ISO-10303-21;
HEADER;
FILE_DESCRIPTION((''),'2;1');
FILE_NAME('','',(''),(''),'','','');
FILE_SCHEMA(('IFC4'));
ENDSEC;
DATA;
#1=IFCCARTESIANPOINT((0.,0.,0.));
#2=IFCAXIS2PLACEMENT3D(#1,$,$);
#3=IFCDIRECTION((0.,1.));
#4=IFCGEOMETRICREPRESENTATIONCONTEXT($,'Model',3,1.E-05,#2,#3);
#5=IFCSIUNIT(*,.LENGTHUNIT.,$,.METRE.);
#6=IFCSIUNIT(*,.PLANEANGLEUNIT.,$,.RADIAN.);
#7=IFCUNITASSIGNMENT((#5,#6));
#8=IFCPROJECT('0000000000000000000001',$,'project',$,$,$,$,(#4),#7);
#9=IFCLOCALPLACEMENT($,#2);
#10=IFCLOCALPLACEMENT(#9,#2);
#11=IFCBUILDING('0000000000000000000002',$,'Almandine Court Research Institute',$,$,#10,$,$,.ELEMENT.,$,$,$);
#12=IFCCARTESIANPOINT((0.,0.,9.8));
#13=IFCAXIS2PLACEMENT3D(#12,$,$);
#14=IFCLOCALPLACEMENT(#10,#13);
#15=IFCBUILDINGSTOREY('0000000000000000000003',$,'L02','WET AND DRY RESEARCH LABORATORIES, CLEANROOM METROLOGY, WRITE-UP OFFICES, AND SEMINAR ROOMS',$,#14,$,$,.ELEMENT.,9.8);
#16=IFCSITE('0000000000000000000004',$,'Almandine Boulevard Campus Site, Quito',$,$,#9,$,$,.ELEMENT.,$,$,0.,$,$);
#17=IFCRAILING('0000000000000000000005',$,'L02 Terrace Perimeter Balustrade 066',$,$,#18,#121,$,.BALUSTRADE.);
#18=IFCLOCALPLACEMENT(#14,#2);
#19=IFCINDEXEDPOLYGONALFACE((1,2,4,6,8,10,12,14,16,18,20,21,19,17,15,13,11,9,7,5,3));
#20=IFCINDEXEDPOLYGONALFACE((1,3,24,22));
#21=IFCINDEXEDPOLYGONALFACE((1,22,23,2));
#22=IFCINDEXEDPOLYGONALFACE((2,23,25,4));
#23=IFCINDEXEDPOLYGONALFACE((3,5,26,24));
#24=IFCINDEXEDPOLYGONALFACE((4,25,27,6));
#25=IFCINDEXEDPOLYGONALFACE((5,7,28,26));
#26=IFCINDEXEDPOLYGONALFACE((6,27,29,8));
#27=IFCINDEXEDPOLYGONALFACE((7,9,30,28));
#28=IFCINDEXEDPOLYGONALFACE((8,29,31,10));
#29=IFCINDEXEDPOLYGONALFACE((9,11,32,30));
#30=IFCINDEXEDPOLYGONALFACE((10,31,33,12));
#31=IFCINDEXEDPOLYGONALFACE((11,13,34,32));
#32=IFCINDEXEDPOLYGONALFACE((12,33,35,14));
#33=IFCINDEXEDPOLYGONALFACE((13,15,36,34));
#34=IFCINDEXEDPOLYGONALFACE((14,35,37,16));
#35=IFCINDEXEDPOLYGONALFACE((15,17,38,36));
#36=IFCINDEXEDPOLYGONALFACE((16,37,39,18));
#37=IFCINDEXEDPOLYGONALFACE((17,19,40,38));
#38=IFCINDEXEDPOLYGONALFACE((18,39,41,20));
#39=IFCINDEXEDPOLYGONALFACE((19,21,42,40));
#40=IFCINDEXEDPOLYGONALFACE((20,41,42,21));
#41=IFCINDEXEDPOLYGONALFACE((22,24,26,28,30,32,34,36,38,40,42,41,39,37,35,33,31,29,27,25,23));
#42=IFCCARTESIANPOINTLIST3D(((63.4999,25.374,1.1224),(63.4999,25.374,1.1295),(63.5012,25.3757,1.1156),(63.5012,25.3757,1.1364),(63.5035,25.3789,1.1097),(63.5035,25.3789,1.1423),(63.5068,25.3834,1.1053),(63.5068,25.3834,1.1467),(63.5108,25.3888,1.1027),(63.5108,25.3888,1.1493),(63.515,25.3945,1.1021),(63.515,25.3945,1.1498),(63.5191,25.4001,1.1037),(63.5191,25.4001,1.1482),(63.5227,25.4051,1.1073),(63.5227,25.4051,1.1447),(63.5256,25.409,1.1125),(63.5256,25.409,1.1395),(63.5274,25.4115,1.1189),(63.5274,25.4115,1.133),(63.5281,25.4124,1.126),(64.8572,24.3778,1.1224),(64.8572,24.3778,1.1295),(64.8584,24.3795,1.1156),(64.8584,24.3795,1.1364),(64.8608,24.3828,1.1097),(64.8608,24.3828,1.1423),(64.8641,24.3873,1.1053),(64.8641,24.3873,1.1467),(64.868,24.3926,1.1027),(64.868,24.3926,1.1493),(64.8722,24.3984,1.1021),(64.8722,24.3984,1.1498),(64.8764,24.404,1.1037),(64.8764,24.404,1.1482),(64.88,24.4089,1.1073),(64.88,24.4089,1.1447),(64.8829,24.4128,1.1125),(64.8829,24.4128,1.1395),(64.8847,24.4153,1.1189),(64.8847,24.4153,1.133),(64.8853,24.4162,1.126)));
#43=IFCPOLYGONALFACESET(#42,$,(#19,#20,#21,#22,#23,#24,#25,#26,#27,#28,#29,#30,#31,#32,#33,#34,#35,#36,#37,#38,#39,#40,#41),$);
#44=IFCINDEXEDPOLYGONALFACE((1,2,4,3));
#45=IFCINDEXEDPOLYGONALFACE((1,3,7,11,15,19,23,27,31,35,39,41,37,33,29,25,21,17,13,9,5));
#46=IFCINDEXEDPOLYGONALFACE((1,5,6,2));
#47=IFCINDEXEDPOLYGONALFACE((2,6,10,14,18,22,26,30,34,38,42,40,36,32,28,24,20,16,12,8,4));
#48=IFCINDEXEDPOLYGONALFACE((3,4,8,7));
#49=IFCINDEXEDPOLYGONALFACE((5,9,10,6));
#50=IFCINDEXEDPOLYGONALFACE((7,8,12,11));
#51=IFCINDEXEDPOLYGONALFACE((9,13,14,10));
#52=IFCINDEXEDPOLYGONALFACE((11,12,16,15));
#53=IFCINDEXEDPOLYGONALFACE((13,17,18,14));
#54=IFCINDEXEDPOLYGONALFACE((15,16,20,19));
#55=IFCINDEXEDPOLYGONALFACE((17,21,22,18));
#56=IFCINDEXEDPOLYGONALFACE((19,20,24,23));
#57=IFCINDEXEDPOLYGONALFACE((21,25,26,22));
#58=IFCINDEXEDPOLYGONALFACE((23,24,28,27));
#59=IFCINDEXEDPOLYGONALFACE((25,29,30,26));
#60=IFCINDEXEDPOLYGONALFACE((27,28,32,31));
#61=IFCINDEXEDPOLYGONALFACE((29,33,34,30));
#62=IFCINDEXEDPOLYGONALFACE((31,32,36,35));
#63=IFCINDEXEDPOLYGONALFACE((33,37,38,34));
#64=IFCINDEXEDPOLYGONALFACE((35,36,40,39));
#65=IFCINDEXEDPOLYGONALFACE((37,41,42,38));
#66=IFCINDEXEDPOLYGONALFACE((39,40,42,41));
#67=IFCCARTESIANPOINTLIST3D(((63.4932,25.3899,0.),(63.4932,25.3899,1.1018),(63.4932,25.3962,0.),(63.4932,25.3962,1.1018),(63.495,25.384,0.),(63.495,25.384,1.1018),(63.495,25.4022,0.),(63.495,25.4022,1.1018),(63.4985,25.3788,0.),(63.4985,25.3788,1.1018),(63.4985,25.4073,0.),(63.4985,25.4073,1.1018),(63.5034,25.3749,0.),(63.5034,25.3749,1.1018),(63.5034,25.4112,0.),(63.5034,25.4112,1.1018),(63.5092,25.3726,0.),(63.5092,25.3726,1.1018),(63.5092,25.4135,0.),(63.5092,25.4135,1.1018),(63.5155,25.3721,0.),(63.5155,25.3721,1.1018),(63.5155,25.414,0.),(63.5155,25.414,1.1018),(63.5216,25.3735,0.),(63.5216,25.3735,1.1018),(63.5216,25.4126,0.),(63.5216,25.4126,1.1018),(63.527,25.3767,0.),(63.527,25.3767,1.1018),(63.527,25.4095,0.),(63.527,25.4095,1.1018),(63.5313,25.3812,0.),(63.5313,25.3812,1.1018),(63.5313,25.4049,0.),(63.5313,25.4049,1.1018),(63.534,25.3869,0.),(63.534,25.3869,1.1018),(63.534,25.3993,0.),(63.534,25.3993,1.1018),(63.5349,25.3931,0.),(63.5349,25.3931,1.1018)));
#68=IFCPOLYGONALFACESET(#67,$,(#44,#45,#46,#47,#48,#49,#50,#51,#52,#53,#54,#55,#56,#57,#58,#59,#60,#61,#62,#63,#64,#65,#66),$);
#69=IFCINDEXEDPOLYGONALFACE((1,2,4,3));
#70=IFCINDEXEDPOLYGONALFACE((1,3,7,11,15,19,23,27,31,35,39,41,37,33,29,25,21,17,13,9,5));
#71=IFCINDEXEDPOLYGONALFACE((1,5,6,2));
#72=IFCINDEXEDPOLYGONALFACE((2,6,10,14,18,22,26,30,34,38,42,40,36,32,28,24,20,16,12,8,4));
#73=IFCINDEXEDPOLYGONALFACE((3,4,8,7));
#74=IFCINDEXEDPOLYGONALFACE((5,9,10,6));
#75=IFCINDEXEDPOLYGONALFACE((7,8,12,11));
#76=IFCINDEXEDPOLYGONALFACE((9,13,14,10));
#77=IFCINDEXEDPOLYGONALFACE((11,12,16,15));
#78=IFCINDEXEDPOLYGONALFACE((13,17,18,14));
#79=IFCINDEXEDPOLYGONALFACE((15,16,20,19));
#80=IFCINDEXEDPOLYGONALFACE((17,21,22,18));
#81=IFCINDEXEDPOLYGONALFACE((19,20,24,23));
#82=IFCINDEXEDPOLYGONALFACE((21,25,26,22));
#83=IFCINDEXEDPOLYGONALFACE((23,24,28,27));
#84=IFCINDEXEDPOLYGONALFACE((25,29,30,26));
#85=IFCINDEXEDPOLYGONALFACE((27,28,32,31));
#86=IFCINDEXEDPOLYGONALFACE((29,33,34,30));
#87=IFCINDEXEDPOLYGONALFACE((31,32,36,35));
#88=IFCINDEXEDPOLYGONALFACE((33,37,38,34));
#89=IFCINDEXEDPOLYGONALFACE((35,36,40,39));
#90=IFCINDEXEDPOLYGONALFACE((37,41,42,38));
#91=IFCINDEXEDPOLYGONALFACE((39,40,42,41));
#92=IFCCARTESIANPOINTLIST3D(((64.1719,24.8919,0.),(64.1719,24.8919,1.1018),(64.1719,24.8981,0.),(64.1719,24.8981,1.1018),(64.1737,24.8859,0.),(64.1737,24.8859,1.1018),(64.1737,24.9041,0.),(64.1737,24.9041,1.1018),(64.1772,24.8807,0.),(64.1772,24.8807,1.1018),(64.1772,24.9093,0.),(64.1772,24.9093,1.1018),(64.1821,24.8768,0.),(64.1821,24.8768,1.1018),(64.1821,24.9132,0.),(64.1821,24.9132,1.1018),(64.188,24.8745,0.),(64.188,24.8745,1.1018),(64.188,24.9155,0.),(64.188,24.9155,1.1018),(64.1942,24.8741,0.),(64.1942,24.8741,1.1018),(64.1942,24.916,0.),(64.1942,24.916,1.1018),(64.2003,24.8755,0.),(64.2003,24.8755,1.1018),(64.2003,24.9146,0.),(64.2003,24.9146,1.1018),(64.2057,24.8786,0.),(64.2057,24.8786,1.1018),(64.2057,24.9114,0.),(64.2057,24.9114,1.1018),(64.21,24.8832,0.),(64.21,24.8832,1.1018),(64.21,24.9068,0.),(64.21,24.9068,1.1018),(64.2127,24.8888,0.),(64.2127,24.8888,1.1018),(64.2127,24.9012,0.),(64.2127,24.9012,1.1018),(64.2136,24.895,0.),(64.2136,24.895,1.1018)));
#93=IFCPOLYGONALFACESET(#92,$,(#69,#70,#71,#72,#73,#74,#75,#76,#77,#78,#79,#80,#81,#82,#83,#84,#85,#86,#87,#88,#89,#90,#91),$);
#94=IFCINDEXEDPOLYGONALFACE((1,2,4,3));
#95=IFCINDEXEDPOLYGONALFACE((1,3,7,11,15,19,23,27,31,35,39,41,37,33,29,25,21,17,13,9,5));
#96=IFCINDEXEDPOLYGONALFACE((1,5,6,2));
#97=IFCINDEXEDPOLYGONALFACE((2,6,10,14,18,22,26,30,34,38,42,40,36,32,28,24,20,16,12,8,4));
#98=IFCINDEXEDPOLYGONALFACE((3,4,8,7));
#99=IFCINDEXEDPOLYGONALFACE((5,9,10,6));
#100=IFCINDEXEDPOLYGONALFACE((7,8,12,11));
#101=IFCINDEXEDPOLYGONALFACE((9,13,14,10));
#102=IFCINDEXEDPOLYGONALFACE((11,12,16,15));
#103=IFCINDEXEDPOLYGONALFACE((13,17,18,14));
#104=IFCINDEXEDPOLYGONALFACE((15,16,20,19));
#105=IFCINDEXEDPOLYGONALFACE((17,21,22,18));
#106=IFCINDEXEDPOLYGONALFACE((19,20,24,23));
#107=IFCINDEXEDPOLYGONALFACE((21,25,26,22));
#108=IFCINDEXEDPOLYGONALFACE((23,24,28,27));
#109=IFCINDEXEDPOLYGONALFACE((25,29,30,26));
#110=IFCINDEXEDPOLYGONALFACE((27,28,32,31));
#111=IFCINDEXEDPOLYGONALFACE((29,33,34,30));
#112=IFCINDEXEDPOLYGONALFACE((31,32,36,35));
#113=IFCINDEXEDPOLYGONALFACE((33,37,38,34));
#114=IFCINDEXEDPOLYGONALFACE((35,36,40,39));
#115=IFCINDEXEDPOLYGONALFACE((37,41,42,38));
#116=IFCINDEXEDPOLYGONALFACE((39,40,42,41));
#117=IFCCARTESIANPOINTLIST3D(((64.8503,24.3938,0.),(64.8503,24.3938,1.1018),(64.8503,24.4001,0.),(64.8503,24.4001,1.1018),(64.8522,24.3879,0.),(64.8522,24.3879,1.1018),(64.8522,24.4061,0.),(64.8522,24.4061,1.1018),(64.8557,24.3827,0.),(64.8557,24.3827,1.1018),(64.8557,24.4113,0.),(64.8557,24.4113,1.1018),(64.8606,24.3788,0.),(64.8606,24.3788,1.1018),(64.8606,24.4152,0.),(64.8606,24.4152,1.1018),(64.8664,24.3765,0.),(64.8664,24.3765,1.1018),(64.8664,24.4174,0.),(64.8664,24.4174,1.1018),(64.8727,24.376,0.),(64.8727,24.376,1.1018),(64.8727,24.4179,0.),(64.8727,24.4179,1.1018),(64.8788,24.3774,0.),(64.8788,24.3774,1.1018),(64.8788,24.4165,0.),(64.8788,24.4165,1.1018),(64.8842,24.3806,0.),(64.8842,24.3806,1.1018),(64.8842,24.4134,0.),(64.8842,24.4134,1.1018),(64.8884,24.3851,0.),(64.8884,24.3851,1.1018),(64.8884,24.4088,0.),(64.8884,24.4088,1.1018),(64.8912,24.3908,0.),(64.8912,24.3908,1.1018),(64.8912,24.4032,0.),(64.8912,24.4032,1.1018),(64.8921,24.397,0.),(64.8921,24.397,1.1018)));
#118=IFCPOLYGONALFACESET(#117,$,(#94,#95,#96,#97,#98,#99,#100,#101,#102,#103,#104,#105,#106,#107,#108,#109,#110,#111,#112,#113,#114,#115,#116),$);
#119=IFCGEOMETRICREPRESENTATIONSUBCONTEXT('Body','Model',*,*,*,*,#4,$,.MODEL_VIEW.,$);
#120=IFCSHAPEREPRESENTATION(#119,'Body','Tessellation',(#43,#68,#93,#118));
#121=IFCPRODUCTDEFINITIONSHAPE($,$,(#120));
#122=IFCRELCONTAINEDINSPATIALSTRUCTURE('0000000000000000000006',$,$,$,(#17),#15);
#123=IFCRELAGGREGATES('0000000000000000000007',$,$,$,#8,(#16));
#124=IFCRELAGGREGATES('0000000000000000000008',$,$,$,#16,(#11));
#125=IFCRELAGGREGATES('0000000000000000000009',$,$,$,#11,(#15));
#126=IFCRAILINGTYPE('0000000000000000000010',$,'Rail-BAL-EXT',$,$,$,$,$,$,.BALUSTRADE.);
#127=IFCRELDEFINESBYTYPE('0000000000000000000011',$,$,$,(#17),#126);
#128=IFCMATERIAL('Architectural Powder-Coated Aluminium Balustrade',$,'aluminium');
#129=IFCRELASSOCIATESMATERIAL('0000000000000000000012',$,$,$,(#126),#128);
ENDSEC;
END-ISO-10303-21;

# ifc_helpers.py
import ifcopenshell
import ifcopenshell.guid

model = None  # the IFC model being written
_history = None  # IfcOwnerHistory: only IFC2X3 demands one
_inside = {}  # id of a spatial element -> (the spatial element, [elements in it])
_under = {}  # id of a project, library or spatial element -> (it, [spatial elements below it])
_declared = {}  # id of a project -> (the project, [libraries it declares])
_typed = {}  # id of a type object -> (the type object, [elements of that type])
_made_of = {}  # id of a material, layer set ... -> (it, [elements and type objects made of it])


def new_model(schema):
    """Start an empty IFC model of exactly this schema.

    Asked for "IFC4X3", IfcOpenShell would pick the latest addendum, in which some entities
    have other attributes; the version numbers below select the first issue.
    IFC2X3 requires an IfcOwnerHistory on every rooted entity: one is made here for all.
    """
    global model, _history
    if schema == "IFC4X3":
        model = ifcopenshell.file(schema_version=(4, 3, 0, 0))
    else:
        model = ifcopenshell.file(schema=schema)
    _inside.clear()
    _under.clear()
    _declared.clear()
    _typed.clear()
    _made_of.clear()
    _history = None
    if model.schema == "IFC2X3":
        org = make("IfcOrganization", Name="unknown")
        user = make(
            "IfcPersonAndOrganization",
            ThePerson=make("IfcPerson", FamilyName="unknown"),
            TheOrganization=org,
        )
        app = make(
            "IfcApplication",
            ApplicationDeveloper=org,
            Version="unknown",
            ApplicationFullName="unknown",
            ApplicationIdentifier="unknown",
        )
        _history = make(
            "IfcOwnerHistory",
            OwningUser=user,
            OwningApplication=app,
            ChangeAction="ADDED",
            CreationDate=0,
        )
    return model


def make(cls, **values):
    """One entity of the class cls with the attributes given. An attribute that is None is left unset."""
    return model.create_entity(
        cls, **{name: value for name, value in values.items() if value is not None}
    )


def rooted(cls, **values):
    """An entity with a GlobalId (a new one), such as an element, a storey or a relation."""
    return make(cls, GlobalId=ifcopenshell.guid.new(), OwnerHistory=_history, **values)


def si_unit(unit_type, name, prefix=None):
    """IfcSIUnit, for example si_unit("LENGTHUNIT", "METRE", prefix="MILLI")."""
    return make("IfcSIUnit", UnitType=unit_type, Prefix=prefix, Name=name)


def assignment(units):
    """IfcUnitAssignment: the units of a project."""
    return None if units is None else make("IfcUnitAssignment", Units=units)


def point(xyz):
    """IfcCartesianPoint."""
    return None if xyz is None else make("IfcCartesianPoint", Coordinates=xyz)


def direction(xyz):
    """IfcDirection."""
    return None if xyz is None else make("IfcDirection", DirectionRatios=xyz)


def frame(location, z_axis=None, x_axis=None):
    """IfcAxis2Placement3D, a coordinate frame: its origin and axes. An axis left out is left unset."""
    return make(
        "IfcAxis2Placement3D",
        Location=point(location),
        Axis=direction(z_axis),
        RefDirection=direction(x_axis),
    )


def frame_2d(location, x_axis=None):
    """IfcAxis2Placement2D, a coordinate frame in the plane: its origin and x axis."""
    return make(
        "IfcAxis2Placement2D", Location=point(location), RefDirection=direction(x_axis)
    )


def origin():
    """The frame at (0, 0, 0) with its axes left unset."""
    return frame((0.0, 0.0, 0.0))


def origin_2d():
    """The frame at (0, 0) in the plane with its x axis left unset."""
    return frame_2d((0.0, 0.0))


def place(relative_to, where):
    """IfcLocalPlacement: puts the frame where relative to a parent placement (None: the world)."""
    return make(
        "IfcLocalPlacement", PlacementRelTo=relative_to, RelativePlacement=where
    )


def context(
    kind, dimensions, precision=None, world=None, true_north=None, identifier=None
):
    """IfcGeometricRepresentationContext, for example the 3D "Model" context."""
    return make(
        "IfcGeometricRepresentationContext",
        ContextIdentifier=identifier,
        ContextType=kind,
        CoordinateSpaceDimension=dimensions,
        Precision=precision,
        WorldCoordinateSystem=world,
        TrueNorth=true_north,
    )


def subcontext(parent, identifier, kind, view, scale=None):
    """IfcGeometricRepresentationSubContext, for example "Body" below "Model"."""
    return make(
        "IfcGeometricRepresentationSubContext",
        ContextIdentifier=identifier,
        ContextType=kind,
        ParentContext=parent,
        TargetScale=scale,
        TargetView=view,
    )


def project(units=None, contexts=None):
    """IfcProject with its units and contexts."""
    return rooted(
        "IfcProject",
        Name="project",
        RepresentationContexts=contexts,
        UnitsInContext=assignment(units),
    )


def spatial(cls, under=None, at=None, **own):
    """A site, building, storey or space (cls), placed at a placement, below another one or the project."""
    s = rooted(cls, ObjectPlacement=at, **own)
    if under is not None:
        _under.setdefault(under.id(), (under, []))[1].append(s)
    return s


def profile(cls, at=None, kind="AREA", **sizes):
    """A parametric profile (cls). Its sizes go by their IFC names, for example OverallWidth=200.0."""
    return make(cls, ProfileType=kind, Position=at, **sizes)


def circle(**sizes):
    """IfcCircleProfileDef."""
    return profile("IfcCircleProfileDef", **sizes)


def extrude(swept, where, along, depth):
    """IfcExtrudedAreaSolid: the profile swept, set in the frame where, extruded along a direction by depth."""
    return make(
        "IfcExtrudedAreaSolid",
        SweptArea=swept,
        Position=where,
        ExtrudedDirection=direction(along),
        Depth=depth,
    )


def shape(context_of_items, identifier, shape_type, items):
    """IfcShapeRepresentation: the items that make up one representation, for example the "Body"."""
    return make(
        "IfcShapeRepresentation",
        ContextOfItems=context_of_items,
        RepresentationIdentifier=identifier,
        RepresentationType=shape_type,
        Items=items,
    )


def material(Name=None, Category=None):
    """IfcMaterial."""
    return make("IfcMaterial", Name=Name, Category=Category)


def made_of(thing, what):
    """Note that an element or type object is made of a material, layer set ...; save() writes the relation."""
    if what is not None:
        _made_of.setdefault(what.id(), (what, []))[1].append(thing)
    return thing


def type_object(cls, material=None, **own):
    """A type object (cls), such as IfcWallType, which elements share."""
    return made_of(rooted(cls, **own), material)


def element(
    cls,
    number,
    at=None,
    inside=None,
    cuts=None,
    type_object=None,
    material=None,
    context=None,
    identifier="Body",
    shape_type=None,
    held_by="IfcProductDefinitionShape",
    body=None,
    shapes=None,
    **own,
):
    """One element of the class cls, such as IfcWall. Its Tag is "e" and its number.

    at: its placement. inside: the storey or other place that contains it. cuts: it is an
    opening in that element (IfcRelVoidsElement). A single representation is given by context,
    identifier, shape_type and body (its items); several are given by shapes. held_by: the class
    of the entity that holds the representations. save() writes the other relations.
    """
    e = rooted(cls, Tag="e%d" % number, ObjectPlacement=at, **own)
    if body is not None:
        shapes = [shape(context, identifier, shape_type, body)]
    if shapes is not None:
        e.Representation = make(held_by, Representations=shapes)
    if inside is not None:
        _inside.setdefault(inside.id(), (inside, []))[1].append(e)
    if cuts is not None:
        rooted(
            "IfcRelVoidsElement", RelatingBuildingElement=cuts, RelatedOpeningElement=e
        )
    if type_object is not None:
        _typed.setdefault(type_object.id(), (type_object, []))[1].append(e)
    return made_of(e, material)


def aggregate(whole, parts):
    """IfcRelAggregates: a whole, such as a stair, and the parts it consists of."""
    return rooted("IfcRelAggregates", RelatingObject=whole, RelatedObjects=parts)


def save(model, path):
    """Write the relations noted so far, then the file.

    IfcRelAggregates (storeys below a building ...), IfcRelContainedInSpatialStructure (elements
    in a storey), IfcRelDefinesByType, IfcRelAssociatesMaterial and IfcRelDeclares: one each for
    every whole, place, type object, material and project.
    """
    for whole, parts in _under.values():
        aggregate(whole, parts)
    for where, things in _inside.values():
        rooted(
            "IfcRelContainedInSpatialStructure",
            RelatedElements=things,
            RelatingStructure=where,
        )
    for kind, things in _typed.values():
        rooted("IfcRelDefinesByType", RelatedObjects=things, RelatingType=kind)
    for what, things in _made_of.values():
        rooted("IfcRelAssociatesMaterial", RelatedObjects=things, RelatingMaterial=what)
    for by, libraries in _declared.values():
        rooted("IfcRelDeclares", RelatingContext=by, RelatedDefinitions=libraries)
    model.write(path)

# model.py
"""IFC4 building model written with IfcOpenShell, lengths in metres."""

from ifc_helpers import new_model, si_unit, direction, frame, origin, origin_2d, place, context, subcontext, project, spatial, circle, extrude, material, type_object, element, save


model = new_model("IFC4")

# Units and contexts
model_context = context("Model", 3, precision=1e-05, world=origin(), true_north=direction((0.0, 1.0)))
body_context = subcontext(model_context, "Body", "Model", "MODEL_VIEW")
ifc_project = project(units=[si_unit("LENGTHUNIT", "METRE"), si_unit("PLANEANGLEUNIT", "RADIAN")], contexts=[model_context])

# Site, building, storey
site_placement = place(None, origin())
site = spatial("IfcSite", under=ifc_project, at=site_placement, Name="Almandine Boulevard Campus Site, Quito", CompositionType="ELEMENT", RefElevation=0.0)
building_placement = place(site_placement, origin())
building = spatial("IfcBuilding", under=site, at=building_placement, Name="Almandine Court Research Institute", CompositionType="ELEMENT")
storey_placement = place(building_placement, frame((0.0, 0.0, 9.8)))
storey = spatial("IfcBuildingStorey", under=building, at=storey_placement, Name="L02", Description="WET AND DRY RESEARCH LABORATORIES, CLEANROOM METROLOGY, WRITE-UP OFFICES, AND SEMINAR ROOMS", CompositionType="ELEMENT", Elevation=9.8)

# Railing
ifc_material_1 = material(Name="Architectural Powder-Coated Aluminium Balustrade", Category="aluminium")
railing_type = type_object("IfcRailingType", Name="Rail-BAL-EXT", PredefinedType="BALUSTRADE", material=ifc_material_1)
railing_1_placement = place(storey_placement, frame((63.5139, 25.3931, 0.0)))
element("IfcRailing", 1, at=railing_1_placement, inside=storey, type_object=railing_type, Name="L02 Terrace Perimeter Balustrade 066", PredefinedType="BALUSTRADE", context=body_context, shape_type="SweptSolid", body=[
    extrude(circle(Radius=0.0239, at=origin_2d()), frame((0.0, 0.0, 1.126), z_axis=(0.80617, -0.591684, 0.0), x_axis=(0.591684, 0.80617, 0.0)), (0.0, 0.0, 1.0), 1.6836),
    extrude(circle(Radius=0.021, at=origin_2d()), origin(), (0.0, 0.0, 1.0), 1.1018),
    extrude(circle(Radius=0.021, at=origin_2d()), frame((0.6787, -0.498, 0.0)), (0.0, 0.0, 1.0), 1.1018),
    extrude(circle(Radius=0.021, at=origin_2d()), frame((1.3572, -0.9961, 0.0)), (0.0, 0.0, 1.0), 1.1018),
])

save(model, "model.ifc")
